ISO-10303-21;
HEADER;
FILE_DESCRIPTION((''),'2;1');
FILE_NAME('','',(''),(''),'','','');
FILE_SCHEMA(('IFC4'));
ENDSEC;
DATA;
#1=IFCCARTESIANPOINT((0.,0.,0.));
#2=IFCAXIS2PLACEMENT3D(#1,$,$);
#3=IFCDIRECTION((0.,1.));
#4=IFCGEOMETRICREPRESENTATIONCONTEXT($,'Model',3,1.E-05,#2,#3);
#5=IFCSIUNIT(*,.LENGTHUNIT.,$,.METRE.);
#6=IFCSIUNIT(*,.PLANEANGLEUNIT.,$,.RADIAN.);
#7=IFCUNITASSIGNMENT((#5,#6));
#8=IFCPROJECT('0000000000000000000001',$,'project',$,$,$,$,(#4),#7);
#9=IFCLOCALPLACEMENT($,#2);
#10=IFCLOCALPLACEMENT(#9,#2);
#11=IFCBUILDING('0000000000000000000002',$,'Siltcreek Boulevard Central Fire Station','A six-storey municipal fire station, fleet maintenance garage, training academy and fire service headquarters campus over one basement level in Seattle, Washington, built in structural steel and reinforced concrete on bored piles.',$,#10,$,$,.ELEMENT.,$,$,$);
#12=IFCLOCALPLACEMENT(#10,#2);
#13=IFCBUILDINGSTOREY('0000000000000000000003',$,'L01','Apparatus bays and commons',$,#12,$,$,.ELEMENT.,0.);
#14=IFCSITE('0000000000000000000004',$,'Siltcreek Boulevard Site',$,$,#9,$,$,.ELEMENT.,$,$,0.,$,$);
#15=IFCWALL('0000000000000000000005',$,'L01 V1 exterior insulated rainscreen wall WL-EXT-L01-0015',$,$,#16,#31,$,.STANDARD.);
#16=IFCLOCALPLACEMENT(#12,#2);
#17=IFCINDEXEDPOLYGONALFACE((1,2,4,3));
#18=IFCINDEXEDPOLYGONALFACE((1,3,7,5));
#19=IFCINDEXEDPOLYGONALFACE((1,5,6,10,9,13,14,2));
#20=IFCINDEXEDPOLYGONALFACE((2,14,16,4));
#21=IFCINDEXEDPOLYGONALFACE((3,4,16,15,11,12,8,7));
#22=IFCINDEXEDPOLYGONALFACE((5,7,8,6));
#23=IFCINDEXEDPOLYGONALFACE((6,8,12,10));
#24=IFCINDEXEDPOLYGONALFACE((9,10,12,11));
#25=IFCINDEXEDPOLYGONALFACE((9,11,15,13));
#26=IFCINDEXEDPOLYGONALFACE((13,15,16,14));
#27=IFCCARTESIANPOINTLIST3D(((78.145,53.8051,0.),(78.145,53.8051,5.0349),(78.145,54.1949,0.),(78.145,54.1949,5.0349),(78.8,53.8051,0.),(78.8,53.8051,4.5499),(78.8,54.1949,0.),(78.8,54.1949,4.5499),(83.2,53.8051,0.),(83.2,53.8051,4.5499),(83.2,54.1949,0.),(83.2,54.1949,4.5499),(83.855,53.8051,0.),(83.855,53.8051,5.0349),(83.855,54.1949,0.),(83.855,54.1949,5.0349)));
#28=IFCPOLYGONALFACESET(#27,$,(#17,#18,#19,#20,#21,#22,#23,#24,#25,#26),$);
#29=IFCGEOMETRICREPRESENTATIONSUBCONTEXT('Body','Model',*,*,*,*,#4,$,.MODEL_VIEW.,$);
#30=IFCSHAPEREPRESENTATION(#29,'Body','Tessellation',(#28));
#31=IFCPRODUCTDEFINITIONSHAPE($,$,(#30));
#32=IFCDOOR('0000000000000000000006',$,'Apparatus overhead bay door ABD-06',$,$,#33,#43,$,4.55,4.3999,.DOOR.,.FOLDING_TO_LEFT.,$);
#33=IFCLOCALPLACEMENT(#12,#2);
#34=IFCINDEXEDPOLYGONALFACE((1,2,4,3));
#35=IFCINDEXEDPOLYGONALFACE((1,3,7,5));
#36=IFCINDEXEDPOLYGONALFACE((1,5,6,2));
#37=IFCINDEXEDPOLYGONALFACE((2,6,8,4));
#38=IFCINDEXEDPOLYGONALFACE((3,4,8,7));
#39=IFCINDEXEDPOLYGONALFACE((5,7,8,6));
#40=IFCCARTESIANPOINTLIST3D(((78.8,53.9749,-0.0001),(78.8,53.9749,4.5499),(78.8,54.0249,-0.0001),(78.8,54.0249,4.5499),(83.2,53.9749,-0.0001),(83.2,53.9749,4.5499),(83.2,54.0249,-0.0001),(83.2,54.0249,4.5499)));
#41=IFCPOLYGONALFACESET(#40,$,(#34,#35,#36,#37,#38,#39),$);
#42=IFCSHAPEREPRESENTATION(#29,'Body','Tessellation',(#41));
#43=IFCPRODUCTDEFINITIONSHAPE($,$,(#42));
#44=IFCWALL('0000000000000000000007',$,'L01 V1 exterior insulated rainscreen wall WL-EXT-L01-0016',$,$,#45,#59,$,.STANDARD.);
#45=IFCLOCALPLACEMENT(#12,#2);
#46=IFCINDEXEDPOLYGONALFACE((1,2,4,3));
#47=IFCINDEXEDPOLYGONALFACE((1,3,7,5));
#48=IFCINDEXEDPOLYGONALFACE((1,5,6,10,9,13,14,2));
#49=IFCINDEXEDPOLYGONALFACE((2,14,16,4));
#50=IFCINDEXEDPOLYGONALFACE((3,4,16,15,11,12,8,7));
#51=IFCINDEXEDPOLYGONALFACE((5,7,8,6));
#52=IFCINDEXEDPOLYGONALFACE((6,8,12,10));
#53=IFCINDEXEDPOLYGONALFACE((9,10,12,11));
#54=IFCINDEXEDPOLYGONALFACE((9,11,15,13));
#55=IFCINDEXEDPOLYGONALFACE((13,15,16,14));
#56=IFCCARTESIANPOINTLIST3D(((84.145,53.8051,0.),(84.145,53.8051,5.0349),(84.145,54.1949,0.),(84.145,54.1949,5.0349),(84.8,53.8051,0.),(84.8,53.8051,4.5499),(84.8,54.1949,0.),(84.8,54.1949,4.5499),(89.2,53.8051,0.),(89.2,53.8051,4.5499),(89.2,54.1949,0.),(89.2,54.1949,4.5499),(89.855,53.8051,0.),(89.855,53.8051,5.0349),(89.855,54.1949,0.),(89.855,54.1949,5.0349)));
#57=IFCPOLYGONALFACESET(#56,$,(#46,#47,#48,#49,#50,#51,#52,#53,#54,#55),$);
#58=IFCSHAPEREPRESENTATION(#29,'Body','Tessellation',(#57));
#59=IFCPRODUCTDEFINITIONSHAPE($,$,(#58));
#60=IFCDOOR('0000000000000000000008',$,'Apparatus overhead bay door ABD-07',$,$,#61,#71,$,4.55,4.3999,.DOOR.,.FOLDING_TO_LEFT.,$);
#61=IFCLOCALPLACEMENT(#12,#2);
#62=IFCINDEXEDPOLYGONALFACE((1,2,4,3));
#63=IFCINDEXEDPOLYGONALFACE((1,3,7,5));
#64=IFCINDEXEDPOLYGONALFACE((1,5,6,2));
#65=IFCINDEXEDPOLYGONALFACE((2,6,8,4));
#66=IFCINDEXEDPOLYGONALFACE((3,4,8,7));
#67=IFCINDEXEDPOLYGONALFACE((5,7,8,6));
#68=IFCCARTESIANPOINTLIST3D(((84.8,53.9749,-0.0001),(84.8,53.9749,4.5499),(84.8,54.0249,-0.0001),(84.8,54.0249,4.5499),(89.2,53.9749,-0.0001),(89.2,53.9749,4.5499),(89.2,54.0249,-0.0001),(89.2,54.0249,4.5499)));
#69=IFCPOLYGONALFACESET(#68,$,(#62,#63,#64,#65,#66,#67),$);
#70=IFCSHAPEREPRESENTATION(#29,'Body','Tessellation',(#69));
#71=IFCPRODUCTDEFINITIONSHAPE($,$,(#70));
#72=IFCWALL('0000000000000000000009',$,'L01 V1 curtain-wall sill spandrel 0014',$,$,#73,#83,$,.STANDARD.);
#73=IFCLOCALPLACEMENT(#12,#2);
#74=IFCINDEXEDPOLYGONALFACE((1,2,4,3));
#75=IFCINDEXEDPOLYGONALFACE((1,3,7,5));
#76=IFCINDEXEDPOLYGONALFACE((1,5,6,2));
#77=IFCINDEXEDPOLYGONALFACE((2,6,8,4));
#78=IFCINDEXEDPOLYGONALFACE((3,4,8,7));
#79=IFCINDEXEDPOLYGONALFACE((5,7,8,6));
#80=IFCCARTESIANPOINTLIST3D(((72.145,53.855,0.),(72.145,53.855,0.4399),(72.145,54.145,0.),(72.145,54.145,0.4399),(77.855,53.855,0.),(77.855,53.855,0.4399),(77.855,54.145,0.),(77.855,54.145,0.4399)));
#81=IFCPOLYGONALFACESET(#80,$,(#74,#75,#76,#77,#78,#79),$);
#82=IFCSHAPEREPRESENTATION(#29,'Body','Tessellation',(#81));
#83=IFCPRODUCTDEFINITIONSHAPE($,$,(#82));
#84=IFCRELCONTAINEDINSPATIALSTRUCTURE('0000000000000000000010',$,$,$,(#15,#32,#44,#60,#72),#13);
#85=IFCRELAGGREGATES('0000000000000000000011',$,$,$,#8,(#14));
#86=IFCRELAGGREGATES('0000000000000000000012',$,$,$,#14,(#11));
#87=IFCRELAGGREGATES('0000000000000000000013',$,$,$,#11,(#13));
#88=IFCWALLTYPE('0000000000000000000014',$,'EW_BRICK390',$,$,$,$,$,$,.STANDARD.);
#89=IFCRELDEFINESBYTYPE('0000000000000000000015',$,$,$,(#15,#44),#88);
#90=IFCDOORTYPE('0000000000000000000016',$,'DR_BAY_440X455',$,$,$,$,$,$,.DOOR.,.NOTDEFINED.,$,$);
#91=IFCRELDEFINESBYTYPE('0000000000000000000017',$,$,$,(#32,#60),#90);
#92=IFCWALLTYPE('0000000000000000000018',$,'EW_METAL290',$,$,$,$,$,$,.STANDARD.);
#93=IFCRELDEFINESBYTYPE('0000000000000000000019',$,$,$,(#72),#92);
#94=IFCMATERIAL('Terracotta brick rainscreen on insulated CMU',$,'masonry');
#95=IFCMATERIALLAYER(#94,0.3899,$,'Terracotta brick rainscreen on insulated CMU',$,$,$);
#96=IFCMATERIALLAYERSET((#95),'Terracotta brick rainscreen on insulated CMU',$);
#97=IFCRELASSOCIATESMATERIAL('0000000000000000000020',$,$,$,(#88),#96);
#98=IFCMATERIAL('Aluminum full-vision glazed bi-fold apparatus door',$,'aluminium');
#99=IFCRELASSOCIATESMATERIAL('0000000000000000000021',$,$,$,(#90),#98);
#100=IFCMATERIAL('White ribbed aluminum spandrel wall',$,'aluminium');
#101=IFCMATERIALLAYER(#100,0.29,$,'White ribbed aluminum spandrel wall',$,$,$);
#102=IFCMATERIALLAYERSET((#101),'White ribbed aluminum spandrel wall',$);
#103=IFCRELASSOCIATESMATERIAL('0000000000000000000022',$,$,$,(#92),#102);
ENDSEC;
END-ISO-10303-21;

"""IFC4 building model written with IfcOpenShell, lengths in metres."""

from ifc_helpers import new_model, si_unit, direction, frame, frame_2d, origin, place, context, subcontext, project, spatial, rectangle, extrude, material, layer, layer_set, type_object, element, fill, save


model = new_model("IFC4")

# Units and contexts
model_context = context("Model", 3, precision=1e-05, world=origin(), true_north=direction((0.0, 1.0)))
body_context = subcontext(model_context, "Body", "Model", "MODEL_VIEW")
ifc_project = project(units=[si_unit("LENGTHUNIT", "METRE"), si_unit("PLANEANGLEUNIT", "RADIAN")], contexts=[model_context])

# Site, building, storey
site_placement = place(None, origin())
site = spatial("IfcSite", under=ifc_project, at=site_placement, Name="Siltcreek Boulevard Site", CompositionType="ELEMENT", RefElevation=0.0)
building_placement = place(site_placement, origin())
building = spatial("IfcBuilding", under=site, at=building_placement, Name="Siltcreek Boulevard Central Fire Station", Description="A six-storey municipal fire station, fleet maintenance garage, training academy and fire service headquarters campus over one basement level in Seattle, Washington, built in structural steel and reinforced concrete on bored piles.", CompositionType="ELEMENT")
storey_placement = place(building_placement, origin())
storey = spatial("IfcBuildingStorey", under=building, at=storey_placement, Name="L01", Description="Apparatus bays and commons", CompositionType="ELEMENT", Elevation=0.0)

# Walls, openings, doors
ifc_material_1 = material(Name="Terracotta brick rainscreen on insulated CMU", Category="masonry")
ifc_layer_1 = layer(ifc_material_1, 0.3899, Name="Terracotta brick rainscreen on insulated CMU")
ifc_layer_set_1 = layer_set([ifc_layer_1], Name="Terracotta brick rainscreen on insulated CMU")
wall_type_1 = type_object("IfcWallType", Name="EW_BRICK390", PredefinedType="STANDARD", material=ifc_layer_set_1)
wall_1_placement = place(storey_placement, frame((83.855, 54.0, 0.0), z_axis=(0.0, 0.0, 1.0), x_axis=(-1.0, 0.0, 0.0)))
wall_1 = element("IfcWall", 1, at=wall_1_placement, inside=storey, type_object=wall_type_1, Name="L01 V1 exterior insulated rainscreen wall WL-EXT-L01-0015", PredefinedType="STANDARD", context=body_context, shape_type="SweptSolid", body=[
    extrude(rectangle(XDim=5.71, YDim=0.3899, at=frame_2d((2.855, 0.0))), origin(), (0.0, 0.0, 1.0), 5.0349),
])
opening_1_placement = place(wall_1_placement, frame((0.655, 0.0, 0.0)))
opening_1 = element("IfcOpeningElement", 2, at=opening_1_placement, cuts=wall_1, PredefinedType="OPENING", context=body_context, shape_type="SweptSolid", body=[
    extrude(rectangle(XDim=4.3999, YDim=4.55, at=frame_2d((2.2, 2.2749))), frame((0.0, 0.2048, 0.0), z_axis=(0.0, -1.0, 0.0), x_axis=(1.0, 0.0, 0.0)), (0.0, 0.0, 1.0), 0.4099),
])
ifc_material_2 = material(Name="Aluminum full-vision glazed bi-fold apparatus door", Category="aluminium")
door_type = type_object("IfcDoorType", Name="DR_BAY_440X455", OperationType="NOTDEFINED", PredefinedType="DOOR", material=ifc_material_2)
door_1_placement = place(opening_1_placement, frame((4.3999, 0.0, 0.0), z_axis=(0.0, 0.0, 1.0), x_axis=(-1.0, 0.0, 0.0)))
door_1 = element("IfcDoor", 3, at=door_1_placement, inside=storey, type_object=door_type, Name="Apparatus overhead bay door ABD-06", OperationType="FOLDING_TO_LEFT", OverallHeight=4.55, OverallWidth=4.3999, PredefinedType="DOOR", context=body_context, shape_type="SweptSolid", body=[
    extrude(rectangle(XDim=4.3999, YDim=4.55, at=frame_2d((2.2, 2.2749))), frame((0.0, 0.0249, 0.0), z_axis=(0.0, -1.0, 0.0), x_axis=(1.0, 0.0, 0.0)), (0.0, 0.0, 1.0), 0.05),
])
fill(opening_1, door_1)
wall_2_placement = place(storey_placement, frame((89.855, 54.0, 0.0), z_axis=(0.0, 0.0, 1.0), x_axis=(-1.0, 0.0, 0.0)))
wall_2 = element("IfcWall", 4, at=wall_2_placement, inside=storey, type_object=wall_type_1, Name="L01 V1 exterior insulated rainscreen wall WL-EXT-L01-0016", PredefinedType="STANDARD", context=body_context, shape_type="SweptSolid", body=[
    extrude(rectangle(XDim=5.71, YDim=0.3899, at=frame_2d((2.855, 0.0))), origin(), (0.0, 0.0, 1.0), 5.0349),
])
opening_2_placement = place(wall_2_placement, frame((0.655, 0.0, 0.0)))
opening_2 = element("IfcOpeningElement", 5, at=opening_2_placement, cuts=wall_2, PredefinedType="OPENING", context=body_context, shape_type="SweptSolid", body=[
    extrude(rectangle(XDim=4.3999, YDim=4.55, at=frame_2d((2.2, 2.2749))), frame((0.0, 0.2048, 0.0), z_axis=(0.0, -1.0, 0.0), x_axis=(1.0, 0.0, 0.0)), (0.0, 0.0, 1.0), 0.4099),
])
door_2_placement = place(opening_2_placement, frame((4.3999, 0.0, 0.0), z_axis=(0.0, 0.0, 1.0), x_axis=(-1.0, 0.0, 0.0)))
door_2 = element("IfcDoor", 6, at=door_2_placement, inside=storey, type_object=door_type, Name="Apparatus overhead bay door ABD-07", OperationType="FOLDING_TO_LEFT", OverallHeight=4.55, OverallWidth=4.3999, PredefinedType="DOOR", context=body_context, shape_type="SweptSolid", body=[
    extrude(rectangle(XDim=4.3999, YDim=4.55, at=frame_2d((2.2, 2.2749))), frame((0.0, 0.0249, 0.0), z_axis=(0.0, -1.0, 0.0), x_axis=(1.0, 0.0, 0.0)), (0.0, 0.0, 1.0), 0.05),
])
fill(opening_2, door_2)

# Wall
ifc_material_3 = material(Name="White ribbed aluminum spandrel wall", Category="aluminium")
ifc_layer_2 = layer(ifc_material_3, 0.29, Name="White ribbed aluminum spandrel wall")
ifc_layer_set_2 = layer_set([ifc_layer_2], Name="White ribbed aluminum spandrel wall")
wall_type_2 = type_object("IfcWallType", Name="EW_METAL290", PredefinedType="STANDARD", material=ifc_layer_set_2)
wall_3_placement = place(storey_placement, frame((77.855, 54.0, 0.0), z_axis=(0.0, 0.0, 1.0), x_axis=(-1.0, 0.0, 0.0)))
element("IfcWall", 7, at=wall_3_placement, inside=storey, type_object=wall_type_2, Name="L01 V1 curtain-wall sill spandrel 0014", PredefinedType="STANDARD", context=body_context, shape_type="SweptSolid", body=[
    extrude(rectangle(XDim=5.71, YDim=0.29, at=frame_2d((2.855, 0.0))), origin(), (0.0, 0.0, 1.0), 0.4399),
])

save(model, "model.ifc")
